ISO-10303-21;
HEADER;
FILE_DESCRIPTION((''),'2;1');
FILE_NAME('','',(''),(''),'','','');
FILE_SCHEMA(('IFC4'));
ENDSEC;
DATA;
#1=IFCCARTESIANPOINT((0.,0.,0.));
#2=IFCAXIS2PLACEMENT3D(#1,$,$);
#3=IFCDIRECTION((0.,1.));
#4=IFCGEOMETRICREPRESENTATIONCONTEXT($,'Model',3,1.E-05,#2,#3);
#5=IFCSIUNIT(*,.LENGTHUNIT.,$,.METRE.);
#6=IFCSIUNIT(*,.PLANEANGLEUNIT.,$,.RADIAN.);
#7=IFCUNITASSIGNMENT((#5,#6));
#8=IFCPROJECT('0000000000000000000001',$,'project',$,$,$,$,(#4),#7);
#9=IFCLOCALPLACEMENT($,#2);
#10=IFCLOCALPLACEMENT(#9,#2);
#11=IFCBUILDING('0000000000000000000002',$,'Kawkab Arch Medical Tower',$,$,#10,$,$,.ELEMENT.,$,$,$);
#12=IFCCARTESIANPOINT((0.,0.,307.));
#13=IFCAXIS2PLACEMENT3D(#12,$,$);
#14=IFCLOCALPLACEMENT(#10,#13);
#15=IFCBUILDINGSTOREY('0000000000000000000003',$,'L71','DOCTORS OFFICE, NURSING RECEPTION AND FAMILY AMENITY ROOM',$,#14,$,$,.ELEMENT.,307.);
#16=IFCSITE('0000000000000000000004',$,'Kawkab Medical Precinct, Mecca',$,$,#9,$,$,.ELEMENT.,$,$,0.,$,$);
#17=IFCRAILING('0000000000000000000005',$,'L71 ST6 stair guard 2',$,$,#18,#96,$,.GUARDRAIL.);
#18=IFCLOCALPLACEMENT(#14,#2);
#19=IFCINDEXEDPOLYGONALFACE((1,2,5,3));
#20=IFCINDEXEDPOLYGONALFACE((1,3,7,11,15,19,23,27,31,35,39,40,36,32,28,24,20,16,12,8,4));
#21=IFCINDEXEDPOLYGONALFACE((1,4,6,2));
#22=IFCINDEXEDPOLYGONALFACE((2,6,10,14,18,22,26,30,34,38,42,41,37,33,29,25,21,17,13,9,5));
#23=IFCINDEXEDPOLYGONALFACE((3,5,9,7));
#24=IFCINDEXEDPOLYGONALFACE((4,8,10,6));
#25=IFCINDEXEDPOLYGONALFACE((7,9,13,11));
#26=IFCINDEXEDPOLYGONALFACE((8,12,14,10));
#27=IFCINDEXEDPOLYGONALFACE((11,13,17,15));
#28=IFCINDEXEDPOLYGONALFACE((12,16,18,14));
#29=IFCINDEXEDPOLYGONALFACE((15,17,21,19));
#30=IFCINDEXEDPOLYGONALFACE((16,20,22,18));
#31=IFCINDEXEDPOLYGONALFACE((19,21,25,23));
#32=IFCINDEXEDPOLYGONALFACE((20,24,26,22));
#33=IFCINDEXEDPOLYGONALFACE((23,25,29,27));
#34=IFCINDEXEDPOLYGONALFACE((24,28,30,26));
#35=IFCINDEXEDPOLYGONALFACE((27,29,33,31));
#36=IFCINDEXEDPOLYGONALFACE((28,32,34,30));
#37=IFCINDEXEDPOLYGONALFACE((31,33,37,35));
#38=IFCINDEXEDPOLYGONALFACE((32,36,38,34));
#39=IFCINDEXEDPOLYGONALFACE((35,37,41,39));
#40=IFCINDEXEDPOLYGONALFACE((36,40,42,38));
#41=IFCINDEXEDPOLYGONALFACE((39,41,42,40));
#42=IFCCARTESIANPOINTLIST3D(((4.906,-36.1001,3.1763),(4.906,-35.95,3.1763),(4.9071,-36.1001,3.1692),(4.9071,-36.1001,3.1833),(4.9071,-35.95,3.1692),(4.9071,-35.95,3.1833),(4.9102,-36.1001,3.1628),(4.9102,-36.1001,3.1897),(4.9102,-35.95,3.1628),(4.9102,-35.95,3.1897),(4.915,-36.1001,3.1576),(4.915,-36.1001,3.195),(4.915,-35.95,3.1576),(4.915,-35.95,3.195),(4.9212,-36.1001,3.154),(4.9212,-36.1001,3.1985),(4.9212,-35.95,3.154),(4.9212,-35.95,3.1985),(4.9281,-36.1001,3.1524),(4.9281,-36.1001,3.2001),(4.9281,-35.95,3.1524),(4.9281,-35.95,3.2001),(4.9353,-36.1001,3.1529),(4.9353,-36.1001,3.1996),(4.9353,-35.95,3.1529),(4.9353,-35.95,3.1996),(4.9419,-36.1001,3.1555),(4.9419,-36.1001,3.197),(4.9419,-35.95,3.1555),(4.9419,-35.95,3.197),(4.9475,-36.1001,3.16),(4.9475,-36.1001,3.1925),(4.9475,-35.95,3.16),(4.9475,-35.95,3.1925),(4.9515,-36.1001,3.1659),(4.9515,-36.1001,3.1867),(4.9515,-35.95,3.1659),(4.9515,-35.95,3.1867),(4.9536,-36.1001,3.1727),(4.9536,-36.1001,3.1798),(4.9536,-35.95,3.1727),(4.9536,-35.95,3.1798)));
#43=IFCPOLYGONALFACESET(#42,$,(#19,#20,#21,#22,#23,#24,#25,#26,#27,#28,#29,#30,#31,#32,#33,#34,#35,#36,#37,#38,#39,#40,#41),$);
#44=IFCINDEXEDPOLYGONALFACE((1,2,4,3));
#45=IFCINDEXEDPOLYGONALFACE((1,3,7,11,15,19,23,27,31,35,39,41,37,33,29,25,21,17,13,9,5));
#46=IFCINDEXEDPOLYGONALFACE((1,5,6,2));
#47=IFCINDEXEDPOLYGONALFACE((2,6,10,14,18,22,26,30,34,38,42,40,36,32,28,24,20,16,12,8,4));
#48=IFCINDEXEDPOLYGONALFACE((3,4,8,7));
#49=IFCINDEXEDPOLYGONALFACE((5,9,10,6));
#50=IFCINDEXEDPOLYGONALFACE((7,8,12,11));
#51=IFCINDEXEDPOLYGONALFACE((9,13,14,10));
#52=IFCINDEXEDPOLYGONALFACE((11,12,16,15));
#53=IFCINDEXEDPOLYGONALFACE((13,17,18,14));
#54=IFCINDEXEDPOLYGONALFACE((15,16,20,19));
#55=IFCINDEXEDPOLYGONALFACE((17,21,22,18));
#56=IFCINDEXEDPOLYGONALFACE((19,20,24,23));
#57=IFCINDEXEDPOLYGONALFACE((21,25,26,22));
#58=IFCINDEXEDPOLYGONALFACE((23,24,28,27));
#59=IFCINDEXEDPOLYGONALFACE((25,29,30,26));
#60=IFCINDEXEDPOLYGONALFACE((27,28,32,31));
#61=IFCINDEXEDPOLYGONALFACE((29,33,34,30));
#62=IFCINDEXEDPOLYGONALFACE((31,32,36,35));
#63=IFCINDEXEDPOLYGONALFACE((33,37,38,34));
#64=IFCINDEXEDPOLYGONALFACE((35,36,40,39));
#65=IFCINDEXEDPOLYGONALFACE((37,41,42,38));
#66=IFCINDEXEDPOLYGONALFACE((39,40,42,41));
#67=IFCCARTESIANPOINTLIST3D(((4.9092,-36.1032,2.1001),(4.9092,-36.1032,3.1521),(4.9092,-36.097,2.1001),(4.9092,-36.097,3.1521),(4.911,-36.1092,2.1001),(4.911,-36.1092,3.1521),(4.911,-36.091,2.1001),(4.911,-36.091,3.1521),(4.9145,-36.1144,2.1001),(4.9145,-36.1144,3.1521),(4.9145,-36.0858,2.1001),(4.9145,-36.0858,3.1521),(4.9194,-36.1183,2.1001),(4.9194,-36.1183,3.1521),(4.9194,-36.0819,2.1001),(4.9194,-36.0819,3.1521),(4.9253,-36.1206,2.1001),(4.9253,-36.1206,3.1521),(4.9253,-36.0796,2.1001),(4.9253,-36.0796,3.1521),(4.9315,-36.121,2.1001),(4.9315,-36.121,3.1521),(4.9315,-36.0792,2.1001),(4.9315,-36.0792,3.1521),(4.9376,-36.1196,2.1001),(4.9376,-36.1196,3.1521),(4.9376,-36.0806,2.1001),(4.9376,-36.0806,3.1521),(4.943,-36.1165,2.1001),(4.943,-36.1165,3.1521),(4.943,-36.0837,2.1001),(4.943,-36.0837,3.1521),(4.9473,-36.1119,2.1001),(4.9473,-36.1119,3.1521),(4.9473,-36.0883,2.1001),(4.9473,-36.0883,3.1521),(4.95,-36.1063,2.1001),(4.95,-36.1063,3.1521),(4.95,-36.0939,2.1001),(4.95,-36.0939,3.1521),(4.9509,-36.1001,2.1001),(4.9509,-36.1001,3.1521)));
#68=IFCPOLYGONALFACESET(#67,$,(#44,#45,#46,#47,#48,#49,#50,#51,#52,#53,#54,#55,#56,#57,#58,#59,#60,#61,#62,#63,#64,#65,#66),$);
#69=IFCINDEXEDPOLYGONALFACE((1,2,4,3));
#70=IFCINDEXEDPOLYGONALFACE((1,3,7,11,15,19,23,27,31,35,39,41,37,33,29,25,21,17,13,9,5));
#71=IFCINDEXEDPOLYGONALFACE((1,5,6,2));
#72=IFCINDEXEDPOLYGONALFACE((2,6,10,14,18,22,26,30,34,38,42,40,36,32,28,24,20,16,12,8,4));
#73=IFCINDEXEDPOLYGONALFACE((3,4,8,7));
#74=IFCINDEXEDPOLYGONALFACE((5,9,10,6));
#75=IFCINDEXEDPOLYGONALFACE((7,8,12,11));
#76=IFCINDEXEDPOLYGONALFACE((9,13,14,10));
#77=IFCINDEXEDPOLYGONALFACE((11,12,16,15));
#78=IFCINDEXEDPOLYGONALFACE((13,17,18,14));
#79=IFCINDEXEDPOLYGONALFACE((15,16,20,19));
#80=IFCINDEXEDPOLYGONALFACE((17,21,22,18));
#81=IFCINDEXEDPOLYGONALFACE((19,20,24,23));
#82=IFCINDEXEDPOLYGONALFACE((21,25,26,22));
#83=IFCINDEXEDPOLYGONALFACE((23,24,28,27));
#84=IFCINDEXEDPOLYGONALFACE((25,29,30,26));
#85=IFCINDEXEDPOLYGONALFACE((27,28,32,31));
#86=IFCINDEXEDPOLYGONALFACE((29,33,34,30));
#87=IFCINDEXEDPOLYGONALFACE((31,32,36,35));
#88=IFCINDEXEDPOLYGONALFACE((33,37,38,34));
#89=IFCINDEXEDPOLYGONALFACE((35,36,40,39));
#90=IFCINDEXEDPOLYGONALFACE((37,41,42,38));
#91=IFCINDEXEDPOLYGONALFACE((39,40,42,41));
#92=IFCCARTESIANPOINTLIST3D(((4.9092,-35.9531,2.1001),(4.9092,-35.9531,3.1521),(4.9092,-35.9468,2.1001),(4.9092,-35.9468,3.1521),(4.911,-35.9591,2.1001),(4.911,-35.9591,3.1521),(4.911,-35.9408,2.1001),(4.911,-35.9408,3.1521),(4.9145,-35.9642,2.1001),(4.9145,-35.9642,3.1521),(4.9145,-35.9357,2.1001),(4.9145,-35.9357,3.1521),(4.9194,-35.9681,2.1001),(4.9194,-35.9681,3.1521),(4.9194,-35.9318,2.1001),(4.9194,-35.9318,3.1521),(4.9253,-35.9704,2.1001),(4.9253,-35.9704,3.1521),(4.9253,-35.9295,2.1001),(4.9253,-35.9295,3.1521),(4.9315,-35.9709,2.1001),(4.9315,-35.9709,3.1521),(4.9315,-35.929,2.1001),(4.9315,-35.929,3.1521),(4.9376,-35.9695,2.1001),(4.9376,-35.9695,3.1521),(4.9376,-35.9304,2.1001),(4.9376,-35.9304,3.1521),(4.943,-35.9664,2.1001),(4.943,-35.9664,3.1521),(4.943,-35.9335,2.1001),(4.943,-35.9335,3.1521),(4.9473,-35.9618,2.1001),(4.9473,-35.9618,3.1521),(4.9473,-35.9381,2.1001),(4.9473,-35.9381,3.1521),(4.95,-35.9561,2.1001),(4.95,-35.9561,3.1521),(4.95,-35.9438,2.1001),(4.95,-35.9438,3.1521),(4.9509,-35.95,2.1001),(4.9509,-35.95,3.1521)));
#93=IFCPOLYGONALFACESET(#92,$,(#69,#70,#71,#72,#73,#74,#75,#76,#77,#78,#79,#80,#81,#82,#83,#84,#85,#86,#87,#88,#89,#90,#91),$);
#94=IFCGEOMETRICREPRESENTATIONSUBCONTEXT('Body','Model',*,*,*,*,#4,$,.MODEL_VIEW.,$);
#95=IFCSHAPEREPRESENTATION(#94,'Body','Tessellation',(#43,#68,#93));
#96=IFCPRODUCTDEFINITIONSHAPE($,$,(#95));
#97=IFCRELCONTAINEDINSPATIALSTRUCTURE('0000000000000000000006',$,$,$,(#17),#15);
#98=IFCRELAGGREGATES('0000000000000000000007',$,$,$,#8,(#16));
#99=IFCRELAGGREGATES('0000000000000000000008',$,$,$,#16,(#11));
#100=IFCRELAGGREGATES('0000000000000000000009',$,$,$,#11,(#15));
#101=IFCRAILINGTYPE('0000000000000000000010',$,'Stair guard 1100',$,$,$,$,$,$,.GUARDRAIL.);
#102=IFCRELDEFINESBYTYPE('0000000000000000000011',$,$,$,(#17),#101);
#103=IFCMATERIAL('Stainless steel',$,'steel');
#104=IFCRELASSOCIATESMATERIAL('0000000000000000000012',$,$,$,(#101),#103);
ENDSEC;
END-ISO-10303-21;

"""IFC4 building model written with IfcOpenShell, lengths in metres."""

from ifc_helpers import new_model, si_unit, direction, frame, origin, origin_2d, place, context, subcontext, project, spatial, circle, extrude, material, type_object, element, save


model = new_model("IFC4")

# Units and contexts
model_context = context("Model", 3, precision=1e-05, world=origin(), true_north=direction((0.0, 1.0)))
body_context = subcontext(model_context, "Body", "Model", "MODEL_VIEW")
ifc_project = project(units=[si_unit("LENGTHUNIT", "METRE"), si_unit("PLANEANGLEUNIT", "RADIAN")], contexts=[model_context])

# Site, building, storey
site_placement = place(None, origin())
site = spatial("IfcSite", under=ifc_project, at=site_placement, Name="Kawkab Medical Precinct, Mecca", CompositionType="ELEMENT", RefElevation=0.0)
building_placement = place(site_placement, origin())
building = spatial("IfcBuilding", under=site, at=building_placement, Name="Kawkab Arch Medical Tower", CompositionType="ELEMENT")
storey_placement = place(building_placement, frame((0.0, 0.0, 307.0)))
storey = spatial("IfcBuildingStorey", under=building, at=storey_placement, Name="L71", Description="DOCTORS OFFICE, NURSING RECEPTION AND FAMILY AMENITY ROOM", CompositionType="ELEMENT", Elevation=307.0)

# Railing
ifc_material_1 = material(Name="Stainless steel", Category="steel")
railing_type_1 = type_object("IfcRailingType", Name="Stair guard 1100", PredefinedType="GUARDRAIL", material=ifc_material_1)
railing_1_placement = place(storey_placement, frame((4.9299, -36.1001, 2.1001)))
element("IfcRailing", 1, at=railing_1_placement, inside=storey, type_object=railing_type_1, Name="L71 ST6 stair guard 2", PredefinedType="GUARDRAIL", context=body_context, shape_type="SweptSolid", body=[
    extrude(circle(Radius=0.0239, at=origin_2d()), frame((0.0, 0.0, 1.0762), z_axis=(0.0, 1.0, 0.0), x_axis=(-1.0, 0.0, 0.0)), (0.0, 0.0, 1.0), 0.1501),
    extrude(circle(Radius=0.021, at=origin_2d()), origin(), (0.0, 0.0, 1.0), 1.052),
    extrude(circle(Radius=0.021, at=origin_2d()), frame((0.0, 0.1501, 0.0)), (0.0, 0.0, 1.0), 1.052),
])

save(model, "model.ifc")
